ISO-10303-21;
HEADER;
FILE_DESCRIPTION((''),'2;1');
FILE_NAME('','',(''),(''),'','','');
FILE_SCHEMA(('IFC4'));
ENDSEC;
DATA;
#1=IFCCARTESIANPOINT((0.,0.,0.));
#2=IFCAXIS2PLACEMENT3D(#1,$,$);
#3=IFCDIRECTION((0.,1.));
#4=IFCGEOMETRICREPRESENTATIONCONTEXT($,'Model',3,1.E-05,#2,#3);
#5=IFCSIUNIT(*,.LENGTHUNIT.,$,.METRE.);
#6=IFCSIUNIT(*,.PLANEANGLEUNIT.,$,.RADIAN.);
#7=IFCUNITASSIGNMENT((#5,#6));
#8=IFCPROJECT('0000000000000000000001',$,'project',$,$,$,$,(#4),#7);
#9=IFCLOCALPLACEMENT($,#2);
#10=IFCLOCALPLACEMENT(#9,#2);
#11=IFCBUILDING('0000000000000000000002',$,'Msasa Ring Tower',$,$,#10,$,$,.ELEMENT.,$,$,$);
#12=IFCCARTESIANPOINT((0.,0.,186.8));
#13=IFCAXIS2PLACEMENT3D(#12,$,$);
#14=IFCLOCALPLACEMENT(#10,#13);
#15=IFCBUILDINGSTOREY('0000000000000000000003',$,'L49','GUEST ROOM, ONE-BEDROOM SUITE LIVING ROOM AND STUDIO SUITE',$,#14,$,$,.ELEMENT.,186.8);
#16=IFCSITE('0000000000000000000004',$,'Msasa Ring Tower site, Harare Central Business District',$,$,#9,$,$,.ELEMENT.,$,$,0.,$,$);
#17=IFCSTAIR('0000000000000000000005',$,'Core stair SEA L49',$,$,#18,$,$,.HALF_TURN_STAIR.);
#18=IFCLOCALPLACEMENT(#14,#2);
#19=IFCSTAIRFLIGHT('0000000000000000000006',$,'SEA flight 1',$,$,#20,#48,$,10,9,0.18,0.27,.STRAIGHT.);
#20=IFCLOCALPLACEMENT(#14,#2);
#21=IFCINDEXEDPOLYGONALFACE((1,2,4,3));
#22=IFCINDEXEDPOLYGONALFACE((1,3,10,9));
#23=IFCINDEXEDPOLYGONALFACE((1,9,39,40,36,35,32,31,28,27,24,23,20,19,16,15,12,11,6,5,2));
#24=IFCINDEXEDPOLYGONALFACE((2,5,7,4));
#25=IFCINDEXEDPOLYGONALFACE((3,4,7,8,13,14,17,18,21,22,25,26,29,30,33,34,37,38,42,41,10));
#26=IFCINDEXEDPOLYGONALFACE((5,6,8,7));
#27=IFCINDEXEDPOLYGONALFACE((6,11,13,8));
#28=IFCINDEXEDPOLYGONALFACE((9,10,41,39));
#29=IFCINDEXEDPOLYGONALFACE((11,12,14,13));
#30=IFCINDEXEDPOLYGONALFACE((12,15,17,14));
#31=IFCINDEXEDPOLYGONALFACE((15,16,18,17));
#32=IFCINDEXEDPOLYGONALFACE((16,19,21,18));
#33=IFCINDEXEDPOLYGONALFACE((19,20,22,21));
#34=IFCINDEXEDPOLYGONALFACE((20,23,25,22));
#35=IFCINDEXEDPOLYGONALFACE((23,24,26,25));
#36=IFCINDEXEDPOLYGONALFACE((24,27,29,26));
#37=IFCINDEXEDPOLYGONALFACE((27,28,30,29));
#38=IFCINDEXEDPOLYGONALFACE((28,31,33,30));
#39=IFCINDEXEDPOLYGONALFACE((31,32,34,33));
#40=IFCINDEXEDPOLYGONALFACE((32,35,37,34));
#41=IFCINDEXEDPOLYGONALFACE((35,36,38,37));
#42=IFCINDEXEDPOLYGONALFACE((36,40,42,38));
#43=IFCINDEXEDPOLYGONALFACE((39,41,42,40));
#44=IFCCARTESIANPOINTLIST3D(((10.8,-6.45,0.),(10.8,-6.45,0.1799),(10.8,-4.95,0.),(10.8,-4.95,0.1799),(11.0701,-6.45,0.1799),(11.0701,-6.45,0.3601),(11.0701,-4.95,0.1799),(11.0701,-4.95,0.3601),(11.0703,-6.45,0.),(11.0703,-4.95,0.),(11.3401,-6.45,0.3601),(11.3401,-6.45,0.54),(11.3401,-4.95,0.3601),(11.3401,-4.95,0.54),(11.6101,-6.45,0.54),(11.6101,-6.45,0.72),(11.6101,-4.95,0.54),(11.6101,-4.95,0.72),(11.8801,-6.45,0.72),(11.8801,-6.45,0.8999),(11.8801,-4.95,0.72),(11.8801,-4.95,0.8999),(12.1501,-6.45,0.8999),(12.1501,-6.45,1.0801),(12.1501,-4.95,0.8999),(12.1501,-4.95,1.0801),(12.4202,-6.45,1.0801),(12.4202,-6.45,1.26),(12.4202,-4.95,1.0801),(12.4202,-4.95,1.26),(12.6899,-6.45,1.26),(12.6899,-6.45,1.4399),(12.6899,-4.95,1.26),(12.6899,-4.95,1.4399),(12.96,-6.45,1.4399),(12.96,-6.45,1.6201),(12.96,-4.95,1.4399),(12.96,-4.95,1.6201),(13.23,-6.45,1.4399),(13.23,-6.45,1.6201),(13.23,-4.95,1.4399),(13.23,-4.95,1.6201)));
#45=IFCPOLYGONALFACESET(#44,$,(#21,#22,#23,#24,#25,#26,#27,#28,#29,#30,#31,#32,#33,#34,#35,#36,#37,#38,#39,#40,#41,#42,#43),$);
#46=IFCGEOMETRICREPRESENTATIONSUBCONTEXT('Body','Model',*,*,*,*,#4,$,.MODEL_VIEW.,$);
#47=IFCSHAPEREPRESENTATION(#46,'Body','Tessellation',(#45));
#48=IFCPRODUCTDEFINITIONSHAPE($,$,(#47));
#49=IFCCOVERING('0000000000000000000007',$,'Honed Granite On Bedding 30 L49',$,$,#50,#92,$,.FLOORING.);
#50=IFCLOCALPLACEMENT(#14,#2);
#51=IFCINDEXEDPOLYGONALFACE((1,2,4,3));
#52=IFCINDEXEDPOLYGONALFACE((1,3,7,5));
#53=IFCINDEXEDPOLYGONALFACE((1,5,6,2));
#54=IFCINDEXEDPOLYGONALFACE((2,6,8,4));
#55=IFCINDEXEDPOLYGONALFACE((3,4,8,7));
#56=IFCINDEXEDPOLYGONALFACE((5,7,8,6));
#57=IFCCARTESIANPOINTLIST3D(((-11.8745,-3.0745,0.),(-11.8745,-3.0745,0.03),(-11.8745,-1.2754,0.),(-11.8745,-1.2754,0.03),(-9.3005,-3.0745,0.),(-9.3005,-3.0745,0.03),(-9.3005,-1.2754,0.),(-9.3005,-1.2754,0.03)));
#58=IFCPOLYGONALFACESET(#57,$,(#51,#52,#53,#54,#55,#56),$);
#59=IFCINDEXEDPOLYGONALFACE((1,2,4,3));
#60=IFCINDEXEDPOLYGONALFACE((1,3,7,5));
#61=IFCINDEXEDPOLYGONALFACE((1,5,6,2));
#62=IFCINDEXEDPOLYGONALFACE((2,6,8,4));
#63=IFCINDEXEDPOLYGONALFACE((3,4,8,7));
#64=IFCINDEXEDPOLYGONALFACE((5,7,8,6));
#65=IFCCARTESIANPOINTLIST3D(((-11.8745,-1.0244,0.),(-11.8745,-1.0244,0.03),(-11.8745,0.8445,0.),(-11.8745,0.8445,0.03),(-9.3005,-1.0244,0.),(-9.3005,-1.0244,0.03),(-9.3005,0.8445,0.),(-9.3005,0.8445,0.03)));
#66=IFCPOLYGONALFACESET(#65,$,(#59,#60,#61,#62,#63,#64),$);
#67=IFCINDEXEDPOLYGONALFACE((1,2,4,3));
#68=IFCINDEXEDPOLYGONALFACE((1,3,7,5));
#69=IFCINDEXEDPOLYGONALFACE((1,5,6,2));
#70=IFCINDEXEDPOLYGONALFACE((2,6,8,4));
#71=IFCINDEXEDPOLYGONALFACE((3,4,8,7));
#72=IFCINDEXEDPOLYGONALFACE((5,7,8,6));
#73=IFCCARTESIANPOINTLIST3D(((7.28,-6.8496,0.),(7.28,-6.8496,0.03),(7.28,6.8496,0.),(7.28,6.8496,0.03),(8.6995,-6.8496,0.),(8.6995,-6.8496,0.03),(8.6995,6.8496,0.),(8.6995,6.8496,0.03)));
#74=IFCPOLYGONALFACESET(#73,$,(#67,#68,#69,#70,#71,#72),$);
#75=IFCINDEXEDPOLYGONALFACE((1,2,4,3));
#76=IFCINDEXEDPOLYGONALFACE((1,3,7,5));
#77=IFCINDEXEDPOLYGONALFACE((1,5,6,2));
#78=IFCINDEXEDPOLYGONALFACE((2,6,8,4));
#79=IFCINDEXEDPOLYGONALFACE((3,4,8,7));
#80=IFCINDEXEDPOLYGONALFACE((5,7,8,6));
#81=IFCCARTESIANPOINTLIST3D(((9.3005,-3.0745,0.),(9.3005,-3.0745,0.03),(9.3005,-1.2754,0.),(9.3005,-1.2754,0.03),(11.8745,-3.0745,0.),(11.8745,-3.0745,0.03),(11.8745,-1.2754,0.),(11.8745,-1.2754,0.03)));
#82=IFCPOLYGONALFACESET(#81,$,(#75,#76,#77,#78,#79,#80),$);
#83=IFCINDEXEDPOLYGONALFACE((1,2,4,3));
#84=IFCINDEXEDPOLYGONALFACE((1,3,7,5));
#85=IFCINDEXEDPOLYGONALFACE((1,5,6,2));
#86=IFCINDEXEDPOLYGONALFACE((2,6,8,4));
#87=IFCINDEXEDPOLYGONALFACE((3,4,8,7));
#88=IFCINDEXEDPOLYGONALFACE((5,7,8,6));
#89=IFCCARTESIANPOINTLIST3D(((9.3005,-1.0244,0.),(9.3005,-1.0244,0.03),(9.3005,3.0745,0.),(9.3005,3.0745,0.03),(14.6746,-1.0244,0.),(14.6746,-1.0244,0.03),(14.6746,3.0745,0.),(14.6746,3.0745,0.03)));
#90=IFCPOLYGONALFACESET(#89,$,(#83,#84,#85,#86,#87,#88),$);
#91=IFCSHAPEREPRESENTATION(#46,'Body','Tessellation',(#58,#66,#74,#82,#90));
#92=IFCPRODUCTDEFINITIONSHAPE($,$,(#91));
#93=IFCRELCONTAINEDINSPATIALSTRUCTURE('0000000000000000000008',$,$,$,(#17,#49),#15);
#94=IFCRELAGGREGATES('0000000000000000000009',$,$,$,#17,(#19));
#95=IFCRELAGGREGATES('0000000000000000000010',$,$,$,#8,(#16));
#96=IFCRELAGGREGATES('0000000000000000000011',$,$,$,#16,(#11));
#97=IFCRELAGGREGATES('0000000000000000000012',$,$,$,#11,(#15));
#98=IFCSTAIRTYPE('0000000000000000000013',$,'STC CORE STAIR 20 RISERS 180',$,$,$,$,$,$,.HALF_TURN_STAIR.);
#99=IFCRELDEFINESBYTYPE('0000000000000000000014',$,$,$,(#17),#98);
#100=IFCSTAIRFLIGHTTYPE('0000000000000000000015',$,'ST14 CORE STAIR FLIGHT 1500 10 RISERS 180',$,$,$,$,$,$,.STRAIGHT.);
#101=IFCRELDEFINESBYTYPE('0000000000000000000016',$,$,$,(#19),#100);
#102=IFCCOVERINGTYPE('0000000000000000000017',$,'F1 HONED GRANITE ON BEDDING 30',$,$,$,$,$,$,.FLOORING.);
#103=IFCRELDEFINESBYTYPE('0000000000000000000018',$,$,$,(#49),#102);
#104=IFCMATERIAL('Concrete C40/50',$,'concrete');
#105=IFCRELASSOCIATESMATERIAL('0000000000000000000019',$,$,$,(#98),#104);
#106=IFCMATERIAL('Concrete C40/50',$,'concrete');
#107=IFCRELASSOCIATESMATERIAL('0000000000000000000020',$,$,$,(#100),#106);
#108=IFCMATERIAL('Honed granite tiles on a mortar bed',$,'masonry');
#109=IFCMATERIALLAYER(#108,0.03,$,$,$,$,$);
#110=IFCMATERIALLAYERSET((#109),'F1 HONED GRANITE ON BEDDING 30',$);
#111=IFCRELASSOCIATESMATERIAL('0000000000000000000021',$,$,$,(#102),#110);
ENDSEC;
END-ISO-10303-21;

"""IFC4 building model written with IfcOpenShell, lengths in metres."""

from ifc_helpers import new_model, si_unit, direction, frame, origin, place, context, subcontext, project, spatial, polyline, line, indexed_curve, outline, extrude, material, layer, layer_set, type_object, element, aggregate, save


model = new_model("IFC4")

# Units and contexts
model_context = context("Model", 3, precision=1e-05, world=origin(), true_north=direction((0.0, 1.0)))
body_context = subcontext(model_context, "Body", "Model", "MODEL_VIEW")
ifc_project = project(units=[si_unit("LENGTHUNIT", "METRE"), si_unit("PLANEANGLEUNIT", "RADIAN")], contexts=[model_context])

# Site, building, storey
site_placement = place(None, origin())
site = spatial("IfcSite", under=ifc_project, at=site_placement, Name="Msasa Ring Tower site, Harare Central Business District", CompositionType="ELEMENT", RefElevation=0.0)
building_placement = place(site_placement, origin())
building = spatial("IfcBuilding", under=site, at=building_placement, Name="Msasa Ring Tower", CompositionType="ELEMENT")
storey_placement = place(building_placement, frame((0.0, 0.0, 186.8)))
storey = spatial("IfcBuildingStorey", under=building, at=storey_placement, Name="L49", Description="GUEST ROOM, ONE-BEDROOM SUITE LIVING ROOM AND STUDIO SUITE", CompositionType="ELEMENT", Elevation=186.8)

# Stair
ifc_material_1 = material(Name="Concrete C40/50", Category="concrete")
stair_type = type_object("IfcStairType", Name="STC CORE STAIR 20 RISERS 180", PredefinedType="HALF_TURN_STAIR", material=ifc_material_1)
stair_1_placement = place(storey_placement, origin())
stair_1 = element("IfcStair", 1, at=stair_1_placement, inside=storey, type_object=stair_type, Name="Core stair SEA L49", PredefinedType="HALF_TURN_STAIR")

# Stair flight
ifc_material_2 = material(Name="Concrete C40/50", Category="concrete")
stair_flight_type = type_object("IfcStairFlightType", Name="ST14 CORE STAIR FLIGHT 1500 10 RISERS 180", PredefinedType="STRAIGHT", material=ifc_material_2)
stair_flight_placement = place(storey_placement, frame((10.8, -5.7, 0.0), z_axis=(0.0, 0.0, 1.0), x_axis=(1.0, 0.0, 0.0)))
stair_flight = element("IfcStairFlight", 2, at=stair_flight_placement, type_object=stair_flight_type, Name="SEA flight 1", NumberOfRisers=10, NumberOfTreads=9, PredefinedType="STRAIGHT", RiserHeight=0.18, TreadLength=0.27, context=body_context, shape_type="SweptSolid", body=[
    extrude(outline(polyline([(0.0, 0.0), (0.0, 0.1799), (0.27, 0.1799), (0.27, 0.3601), (0.54, 0.3601), (0.54, 0.54), (0.8101, 0.54), (0.8101, 0.72), (1.0801, 0.72), (1.0801, 0.8999), (1.3501, 0.8999), (1.3501, 1.0801), (1.6201, 1.0801), (1.6201, 1.26), (1.8899, 1.26), (1.8899, 1.4399), (2.1599, 1.4399), (2.1599, 1.6201), (2.4299, 1.6201), (2.4299, 1.8), (2.4299, 1.4399), (0.2703, 0.0), (0.0, 0.0)])), frame((0.0, 0.75, 0.0), z_axis=(0.0, -1.0, 0.0), x_axis=(1.0, 0.0, 0.0)), (0.0, 0.0, 1.0), 1.5),
])
aggregate(stair_1, [stair_flight])

# Covering
ifc_material_3 = material(Name="Honed granite tiles on a mortar bed", Category="masonry")
ifc_layer_1 = layer(ifc_material_3, 0.03)
ifc_layer_set_1 = layer_set([ifc_layer_1], Name="F1 HONED GRANITE ON BEDDING 30")
covering_type = type_object("IfcCoveringType", Name="F1 HONED GRANITE ON BEDDING 30", PredefinedType="FLOORING", material=ifc_layer_set_1)
covering_placement = place(storey_placement, origin())
element("IfcCovering", 3, at=covering_placement, inside=storey, type_object=covering_type, Name="Honed Granite On Bedding 30 L49", PredefinedType="FLOORING", context=body_context, shape_type="SweptSolid", body=[
    extrude(outline(indexed_curve([(-11.8745, -3.0745), (-11.8745, -1.2754), (-9.3005, -1.2754), (-9.3005, -3.0745)], segments=[line(1, 2, 3, 4, 1)], self_intersect=False)), origin(), (0.0, 0.0, 1.0), 0.03),
    extrude(outline(indexed_curve([(-11.8745, -1.0244), (-11.8745, 0.8445), (-9.3005, 0.8445), (-9.3005, -1.0244)], segments=[line(1, 2, 3, 4, 1)], self_intersect=False)), origin(), (0.0, 0.0, 1.0), 0.03),
    extrude(outline(indexed_curve([(8.6995, 6.8496), (8.6995, -6.8496), (7.28, -6.8496), (7.28, 6.8496)], segments=[line(1, 2, 3, 4, 1)], self_intersect=False)), origin(), (0.0, 0.0, 1.0), 0.03),
    extrude(outline(indexed_curve([(9.3005, -3.0745), (9.3005, -1.2754), (11.8745, -1.2754), (11.8745, -3.0745)], segments=[line(1, 2, 3, 4, 1)], self_intersect=False)), origin(), (0.0, 0.0, 1.0), 0.03),
    extrude(outline(indexed_curve([(9.3005, 3.0745), (14.6746, 3.0745), (14.6746, -1.0244), (9.3005, -1.0244)], segments=[line(1, 2, 3, 4, 1)], self_intersect=False)), origin(), (0.0, 0.0, 1.0), 0.03),
])

save(model, "model.ifc")
